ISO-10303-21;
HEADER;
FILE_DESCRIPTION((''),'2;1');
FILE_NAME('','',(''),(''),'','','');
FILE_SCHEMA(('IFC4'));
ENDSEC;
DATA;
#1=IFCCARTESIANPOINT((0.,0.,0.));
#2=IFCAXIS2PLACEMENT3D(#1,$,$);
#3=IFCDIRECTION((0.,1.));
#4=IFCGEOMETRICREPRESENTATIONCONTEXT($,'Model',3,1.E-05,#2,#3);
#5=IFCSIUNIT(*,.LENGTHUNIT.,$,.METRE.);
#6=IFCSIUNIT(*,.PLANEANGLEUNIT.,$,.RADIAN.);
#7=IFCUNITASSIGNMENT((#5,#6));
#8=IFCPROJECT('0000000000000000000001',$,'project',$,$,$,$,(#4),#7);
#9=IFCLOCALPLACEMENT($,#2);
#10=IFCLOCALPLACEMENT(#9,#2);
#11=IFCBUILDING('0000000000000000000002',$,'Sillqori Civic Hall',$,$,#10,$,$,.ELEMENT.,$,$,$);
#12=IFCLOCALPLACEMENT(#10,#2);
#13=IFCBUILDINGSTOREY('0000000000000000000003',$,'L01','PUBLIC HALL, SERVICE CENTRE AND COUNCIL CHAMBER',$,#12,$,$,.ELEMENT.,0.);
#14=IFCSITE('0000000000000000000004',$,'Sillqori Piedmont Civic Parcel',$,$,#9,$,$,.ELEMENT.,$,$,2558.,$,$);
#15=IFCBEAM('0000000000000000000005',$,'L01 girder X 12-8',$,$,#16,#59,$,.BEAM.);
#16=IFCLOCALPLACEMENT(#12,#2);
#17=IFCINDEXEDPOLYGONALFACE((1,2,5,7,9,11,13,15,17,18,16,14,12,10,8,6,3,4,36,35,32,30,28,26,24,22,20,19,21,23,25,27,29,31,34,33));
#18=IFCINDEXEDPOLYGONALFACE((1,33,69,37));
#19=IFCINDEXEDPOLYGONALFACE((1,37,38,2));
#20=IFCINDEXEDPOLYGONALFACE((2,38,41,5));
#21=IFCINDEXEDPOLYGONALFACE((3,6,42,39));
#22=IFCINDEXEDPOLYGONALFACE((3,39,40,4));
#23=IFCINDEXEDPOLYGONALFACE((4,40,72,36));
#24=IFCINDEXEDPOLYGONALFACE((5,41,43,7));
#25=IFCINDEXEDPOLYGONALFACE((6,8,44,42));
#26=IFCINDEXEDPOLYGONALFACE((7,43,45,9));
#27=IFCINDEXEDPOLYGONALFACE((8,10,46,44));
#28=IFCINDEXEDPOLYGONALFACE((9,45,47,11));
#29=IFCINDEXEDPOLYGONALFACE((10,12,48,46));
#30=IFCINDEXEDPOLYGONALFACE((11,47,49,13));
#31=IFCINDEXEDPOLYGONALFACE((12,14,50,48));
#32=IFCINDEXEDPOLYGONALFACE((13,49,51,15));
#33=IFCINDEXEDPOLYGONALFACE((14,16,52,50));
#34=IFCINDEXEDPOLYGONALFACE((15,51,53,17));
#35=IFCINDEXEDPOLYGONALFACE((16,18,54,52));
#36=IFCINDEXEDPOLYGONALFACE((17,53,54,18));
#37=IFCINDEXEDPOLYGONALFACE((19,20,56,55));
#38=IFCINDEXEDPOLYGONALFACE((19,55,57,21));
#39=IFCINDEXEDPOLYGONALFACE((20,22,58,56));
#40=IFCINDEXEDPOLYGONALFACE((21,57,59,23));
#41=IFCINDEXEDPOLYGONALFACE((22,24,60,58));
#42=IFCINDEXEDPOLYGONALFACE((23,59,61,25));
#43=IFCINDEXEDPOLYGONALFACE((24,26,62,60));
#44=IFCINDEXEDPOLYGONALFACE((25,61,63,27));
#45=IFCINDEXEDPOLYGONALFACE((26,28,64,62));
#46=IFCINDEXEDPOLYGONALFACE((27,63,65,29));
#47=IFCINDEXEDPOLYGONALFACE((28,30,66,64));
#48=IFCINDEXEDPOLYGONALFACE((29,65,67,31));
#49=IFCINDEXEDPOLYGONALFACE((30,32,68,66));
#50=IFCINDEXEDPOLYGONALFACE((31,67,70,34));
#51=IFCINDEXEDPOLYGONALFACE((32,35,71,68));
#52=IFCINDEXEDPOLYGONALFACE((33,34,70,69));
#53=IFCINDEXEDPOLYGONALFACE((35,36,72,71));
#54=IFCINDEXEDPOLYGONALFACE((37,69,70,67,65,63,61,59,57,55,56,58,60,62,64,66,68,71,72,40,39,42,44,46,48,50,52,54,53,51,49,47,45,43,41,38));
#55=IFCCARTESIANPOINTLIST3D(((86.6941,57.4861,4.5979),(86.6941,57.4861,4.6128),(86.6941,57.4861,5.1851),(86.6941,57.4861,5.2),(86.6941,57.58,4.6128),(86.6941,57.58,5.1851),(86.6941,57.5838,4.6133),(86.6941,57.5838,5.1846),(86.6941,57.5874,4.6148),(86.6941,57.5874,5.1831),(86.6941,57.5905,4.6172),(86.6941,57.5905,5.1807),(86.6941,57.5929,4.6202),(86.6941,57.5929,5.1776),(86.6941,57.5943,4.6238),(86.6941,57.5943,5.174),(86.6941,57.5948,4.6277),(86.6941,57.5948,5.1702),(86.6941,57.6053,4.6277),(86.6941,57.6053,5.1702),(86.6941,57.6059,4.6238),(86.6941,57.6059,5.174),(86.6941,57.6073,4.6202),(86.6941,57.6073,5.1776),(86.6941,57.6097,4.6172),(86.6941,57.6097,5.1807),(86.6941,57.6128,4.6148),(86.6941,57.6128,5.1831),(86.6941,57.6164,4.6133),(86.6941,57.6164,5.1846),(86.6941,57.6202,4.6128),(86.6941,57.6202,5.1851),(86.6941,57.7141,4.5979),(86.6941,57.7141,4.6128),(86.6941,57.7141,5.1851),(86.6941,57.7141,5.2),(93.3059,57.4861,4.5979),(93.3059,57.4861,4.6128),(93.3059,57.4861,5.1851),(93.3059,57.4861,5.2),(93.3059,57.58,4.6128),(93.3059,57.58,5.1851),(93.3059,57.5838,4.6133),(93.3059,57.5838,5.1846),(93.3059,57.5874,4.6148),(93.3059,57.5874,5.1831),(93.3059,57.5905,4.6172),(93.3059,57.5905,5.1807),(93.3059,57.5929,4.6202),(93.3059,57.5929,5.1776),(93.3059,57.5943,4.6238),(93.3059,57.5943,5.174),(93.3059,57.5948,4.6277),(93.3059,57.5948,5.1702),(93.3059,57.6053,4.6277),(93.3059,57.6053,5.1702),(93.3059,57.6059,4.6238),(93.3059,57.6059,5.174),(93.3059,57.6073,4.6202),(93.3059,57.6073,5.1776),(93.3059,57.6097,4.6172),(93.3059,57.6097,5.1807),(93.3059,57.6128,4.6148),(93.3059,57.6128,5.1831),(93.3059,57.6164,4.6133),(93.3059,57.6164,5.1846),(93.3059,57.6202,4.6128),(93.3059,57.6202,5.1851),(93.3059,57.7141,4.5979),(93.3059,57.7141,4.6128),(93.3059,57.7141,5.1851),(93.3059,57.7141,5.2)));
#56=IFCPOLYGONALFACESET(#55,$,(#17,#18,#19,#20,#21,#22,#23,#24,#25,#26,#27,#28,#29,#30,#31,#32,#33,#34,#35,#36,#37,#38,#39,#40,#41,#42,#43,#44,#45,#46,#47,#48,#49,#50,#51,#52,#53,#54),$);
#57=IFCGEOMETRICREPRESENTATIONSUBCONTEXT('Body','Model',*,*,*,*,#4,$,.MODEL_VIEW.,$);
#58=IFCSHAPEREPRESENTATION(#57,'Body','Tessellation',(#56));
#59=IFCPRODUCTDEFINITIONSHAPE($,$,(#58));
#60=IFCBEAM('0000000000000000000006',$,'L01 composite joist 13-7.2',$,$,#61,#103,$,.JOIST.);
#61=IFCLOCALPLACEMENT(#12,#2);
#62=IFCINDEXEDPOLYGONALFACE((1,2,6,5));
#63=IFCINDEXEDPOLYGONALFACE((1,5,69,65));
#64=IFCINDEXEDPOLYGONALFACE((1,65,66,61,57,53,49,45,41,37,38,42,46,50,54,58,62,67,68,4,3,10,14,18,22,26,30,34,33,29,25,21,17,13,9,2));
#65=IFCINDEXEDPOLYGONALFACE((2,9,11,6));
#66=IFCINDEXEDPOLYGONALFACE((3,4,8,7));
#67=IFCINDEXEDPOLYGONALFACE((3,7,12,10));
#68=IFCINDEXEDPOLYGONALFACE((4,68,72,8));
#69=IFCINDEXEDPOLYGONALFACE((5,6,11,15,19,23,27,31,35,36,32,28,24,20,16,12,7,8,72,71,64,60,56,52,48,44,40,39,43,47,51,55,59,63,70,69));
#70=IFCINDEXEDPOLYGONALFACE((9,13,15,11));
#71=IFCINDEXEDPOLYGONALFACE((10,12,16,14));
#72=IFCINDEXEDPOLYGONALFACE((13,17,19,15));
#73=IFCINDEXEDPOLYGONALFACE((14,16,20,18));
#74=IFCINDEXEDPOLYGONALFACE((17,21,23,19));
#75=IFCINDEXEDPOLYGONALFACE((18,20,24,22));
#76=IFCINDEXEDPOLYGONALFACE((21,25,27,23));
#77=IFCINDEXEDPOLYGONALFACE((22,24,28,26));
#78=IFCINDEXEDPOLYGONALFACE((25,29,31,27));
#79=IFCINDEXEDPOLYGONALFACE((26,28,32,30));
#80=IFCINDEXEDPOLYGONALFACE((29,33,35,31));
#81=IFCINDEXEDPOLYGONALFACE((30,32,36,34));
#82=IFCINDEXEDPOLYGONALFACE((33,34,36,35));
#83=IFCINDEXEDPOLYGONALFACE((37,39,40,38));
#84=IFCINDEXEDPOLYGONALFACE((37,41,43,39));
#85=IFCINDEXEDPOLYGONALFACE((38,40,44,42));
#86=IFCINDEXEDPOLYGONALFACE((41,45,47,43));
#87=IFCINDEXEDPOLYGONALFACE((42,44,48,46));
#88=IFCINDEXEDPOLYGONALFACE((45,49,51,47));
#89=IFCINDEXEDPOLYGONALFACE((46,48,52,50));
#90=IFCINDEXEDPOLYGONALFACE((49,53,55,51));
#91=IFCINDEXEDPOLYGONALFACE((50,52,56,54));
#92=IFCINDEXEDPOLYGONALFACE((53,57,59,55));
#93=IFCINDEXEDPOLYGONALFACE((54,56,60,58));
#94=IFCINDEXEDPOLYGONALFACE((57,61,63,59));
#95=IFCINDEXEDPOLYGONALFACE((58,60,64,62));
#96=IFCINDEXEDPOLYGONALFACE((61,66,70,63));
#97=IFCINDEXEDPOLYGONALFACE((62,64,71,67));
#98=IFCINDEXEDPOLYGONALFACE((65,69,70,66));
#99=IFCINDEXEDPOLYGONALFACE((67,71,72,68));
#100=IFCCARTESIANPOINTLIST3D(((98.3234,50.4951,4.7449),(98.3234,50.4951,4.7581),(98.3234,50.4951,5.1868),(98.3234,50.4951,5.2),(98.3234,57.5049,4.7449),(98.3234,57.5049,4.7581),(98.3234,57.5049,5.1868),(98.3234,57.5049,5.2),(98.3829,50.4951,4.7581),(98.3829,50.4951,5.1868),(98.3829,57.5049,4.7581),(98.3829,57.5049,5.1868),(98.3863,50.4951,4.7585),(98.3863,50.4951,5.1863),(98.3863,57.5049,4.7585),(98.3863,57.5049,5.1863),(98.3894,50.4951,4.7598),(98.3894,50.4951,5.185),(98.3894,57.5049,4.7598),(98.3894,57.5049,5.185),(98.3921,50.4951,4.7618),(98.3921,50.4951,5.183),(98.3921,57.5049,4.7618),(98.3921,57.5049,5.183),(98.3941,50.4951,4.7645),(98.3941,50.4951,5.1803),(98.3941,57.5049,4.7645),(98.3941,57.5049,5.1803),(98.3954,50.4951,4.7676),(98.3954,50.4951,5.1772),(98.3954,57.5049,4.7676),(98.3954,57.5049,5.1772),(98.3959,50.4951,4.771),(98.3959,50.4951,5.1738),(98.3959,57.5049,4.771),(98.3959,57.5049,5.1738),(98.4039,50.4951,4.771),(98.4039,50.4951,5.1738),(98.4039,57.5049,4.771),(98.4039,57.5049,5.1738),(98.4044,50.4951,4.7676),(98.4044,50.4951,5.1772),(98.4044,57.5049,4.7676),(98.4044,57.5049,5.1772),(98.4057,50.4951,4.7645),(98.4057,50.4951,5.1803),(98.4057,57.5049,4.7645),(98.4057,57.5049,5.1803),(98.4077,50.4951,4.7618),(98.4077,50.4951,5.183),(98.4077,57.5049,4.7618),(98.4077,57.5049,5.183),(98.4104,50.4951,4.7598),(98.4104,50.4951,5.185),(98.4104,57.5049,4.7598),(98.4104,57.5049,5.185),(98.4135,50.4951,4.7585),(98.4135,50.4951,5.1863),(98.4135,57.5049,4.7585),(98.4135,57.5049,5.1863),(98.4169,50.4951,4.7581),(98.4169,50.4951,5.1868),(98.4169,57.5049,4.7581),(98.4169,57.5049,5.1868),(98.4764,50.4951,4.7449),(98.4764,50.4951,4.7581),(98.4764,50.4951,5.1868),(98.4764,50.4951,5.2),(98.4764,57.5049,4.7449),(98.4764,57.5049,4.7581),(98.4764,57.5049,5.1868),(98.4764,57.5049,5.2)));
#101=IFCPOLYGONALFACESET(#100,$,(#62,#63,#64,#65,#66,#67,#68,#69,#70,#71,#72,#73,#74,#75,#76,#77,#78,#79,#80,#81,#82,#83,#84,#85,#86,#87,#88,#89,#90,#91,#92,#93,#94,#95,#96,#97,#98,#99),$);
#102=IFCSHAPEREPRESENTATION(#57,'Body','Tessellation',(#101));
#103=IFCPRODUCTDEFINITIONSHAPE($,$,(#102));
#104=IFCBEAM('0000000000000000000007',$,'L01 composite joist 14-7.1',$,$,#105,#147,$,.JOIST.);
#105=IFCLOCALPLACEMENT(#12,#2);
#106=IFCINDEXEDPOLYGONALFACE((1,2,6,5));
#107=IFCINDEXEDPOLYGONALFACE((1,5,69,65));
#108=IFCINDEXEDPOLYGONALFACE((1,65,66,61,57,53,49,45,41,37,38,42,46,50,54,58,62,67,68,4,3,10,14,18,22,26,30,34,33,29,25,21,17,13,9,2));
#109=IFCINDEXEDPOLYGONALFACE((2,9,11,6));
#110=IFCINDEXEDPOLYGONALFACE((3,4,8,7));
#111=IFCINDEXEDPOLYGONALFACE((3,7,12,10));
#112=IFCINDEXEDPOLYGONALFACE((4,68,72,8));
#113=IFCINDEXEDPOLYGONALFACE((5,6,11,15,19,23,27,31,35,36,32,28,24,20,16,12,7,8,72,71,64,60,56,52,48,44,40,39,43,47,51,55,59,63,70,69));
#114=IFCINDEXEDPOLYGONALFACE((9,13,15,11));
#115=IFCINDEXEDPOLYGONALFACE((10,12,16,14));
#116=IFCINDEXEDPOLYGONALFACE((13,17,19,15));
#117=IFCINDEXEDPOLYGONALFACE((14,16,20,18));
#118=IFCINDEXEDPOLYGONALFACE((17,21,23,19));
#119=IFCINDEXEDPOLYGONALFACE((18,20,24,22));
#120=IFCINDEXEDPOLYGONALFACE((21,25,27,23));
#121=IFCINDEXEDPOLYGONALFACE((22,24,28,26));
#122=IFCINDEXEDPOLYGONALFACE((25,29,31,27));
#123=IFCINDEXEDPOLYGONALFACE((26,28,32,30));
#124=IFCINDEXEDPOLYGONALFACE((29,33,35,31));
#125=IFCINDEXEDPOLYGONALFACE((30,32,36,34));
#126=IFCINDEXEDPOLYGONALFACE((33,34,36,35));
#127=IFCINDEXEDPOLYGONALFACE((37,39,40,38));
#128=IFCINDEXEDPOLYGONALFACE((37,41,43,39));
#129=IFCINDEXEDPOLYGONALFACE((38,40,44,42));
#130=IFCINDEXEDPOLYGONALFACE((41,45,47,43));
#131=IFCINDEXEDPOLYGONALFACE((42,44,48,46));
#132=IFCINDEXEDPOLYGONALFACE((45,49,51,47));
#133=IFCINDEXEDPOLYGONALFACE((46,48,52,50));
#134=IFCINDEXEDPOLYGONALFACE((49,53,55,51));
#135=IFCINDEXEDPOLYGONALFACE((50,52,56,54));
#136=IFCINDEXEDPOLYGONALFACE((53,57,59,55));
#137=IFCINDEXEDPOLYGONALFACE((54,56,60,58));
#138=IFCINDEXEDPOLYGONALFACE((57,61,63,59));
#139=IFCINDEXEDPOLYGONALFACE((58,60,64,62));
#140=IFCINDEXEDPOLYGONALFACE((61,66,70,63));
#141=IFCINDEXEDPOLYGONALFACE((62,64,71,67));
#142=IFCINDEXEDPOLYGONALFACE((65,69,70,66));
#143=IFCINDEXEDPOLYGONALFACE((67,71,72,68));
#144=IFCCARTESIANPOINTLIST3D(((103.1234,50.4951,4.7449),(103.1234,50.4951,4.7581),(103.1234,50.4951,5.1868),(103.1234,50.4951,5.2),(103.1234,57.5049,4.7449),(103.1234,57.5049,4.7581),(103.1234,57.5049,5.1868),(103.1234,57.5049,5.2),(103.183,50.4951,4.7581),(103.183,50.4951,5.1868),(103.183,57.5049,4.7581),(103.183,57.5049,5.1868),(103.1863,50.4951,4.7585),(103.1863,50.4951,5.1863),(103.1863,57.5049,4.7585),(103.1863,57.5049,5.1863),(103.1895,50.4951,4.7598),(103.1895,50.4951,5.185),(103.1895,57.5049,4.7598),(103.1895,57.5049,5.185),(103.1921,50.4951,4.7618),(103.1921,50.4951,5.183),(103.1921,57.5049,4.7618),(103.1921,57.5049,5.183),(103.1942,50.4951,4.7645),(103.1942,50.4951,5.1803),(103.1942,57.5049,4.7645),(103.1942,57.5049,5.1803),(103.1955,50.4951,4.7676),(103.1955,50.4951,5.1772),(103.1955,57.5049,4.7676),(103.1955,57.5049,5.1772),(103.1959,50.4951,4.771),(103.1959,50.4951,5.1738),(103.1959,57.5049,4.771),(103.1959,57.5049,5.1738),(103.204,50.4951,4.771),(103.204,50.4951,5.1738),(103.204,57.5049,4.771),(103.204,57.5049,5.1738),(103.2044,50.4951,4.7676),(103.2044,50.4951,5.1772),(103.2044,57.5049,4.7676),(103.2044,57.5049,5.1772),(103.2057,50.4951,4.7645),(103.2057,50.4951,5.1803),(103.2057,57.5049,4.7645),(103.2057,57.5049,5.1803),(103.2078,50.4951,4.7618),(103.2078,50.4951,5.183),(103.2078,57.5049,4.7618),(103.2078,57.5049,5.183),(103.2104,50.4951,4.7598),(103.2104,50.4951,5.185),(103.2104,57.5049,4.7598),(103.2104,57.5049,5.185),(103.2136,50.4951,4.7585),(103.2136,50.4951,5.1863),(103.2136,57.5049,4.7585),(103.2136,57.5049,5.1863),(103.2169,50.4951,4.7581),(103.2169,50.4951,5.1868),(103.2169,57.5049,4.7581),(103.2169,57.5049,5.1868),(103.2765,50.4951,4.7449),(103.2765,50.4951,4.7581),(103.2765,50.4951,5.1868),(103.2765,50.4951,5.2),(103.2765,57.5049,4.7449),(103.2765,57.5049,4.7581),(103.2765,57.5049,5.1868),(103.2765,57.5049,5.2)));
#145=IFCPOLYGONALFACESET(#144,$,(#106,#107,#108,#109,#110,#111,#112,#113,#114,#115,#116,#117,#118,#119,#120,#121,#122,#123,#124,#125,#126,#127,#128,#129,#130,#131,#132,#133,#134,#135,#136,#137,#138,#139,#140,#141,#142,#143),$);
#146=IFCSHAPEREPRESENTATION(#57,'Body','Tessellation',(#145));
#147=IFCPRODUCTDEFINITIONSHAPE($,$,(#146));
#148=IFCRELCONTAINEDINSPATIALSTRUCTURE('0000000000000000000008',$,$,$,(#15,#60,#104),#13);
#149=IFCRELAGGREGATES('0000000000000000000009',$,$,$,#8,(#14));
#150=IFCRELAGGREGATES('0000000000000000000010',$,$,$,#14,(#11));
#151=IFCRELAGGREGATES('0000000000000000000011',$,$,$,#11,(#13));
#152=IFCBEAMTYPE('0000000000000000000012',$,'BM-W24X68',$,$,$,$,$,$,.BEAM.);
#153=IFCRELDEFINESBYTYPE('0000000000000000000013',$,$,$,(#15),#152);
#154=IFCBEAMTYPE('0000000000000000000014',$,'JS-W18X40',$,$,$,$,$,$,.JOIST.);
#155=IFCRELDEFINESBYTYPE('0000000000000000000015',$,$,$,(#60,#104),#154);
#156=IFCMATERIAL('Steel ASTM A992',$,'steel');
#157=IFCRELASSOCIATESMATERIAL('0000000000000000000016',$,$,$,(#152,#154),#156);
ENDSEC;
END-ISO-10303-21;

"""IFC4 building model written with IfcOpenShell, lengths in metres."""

from ifc_helpers import new_model, si_unit, direction, frame, origin, origin_2d, place, context, subcontext, project, spatial, i_section, extrude, material, material_profile, profile_set, type_object, element, save


model = new_model("IFC4")

# Units and contexts
model_context = context("Model", 3, precision=1e-05, world=origin(), true_north=direction((0.0, 1.0)))
body_context = subcontext(model_context, "Body", "Model", "MODEL_VIEW")
ifc_project = project(units=[si_unit("LENGTHUNIT", "METRE"), si_unit("PLANEANGLEUNIT", "RADIAN")], contexts=[model_context])

# Site, building, storey
site_placement = place(None, origin())
site = spatial("IfcSite", under=ifc_project, at=site_placement, Name="Sillqori Piedmont Civic Parcel", CompositionType="ELEMENT", RefElevation=2558.0)
building_placement = place(site_placement, origin())
building = spatial("IfcBuilding", under=site, at=building_placement, Name="Sillqori Civic Hall", CompositionType="ELEMENT")
storey_placement = place(building_placement, origin())
storey = spatial("IfcBuildingStorey", under=building, at=storey_placement, Name="L01", Description="PUBLIC HALL, SERVICE CENTRE AND COUNCIL CHAMBER", CompositionType="ELEMENT", Elevation=0.0)

# Beams
ifc_material_1 = material(Name="Steel ASTM A992", Category="steel")
ifc_material_profile_1 = material_profile(ifc_material_1, i_section(OverallWidth=0.228, OverallDepth=0.6021, WebThickness=0.0105, FlangeThickness=0.0149, FilletRadius=0.0149, at=origin_2d()), Name="W24X68")
ifc_profile_set_1 = profile_set([ifc_material_profile_1], Name="Steel ASTM A992")
beam_type_1 = type_object("IfcBeamType", Name="BM-W24X68", PredefinedType="BEAM", material=ifc_profile_set_1)
beam_placement = place(storey_placement, frame((86.6941, 57.6001, 4.8989), z_axis=(1.0, 0.0, 0.0), x_axis=(0.0, 1.0, 0.0)))
element("IfcBeam", 1, at=beam_placement, inside=storey, type_object=beam_type_1, Name="L01 girder X 12-8", PredefinedType="BEAM", context=body_context, shape_type="SweptSolid", body=[
    extrude(i_section(OverallWidth=0.228, OverallDepth=0.6021, WebThickness=0.0105, FlangeThickness=0.0149, FilletRadius=0.0149, at=origin_2d()), origin(), (0.0, 0.0, 1.0), 6.6118),
])
ifc_material_profile_2 = material_profile(ifc_material_1, i_section(OverallWidth=0.1531, OverallDepth=0.4551, WebThickness=0.0081, FlangeThickness=0.0132, FilletRadius=0.0129, at=origin_2d()), Name="W18X40")
ifc_profile_set_2 = profile_set([ifc_material_profile_2], Name="Steel ASTM A992")
beam_type_2 = type_object("IfcBeamType", Name="JS-W18X40", PredefinedType="JOIST", material=ifc_profile_set_2)
for number, where, z_axis, x_axis, name in (
    (2, (98.3999, 50.4951, 4.9724), (0.0, 1.0, 0.0), (-1.0, 0.0, 0.0), "L01 composite joist 13-7.2"),
    (3, (103.2, 50.4951, 4.9724), (0.0, 1.0, 0.0), (-1.0, 0.0, 0.0), "L01 composite joist 14-7.1"),
):
    element("IfcBeam", number, at=place(storey_placement, frame(where, z_axis=z_axis, x_axis=x_axis)), inside=storey, type_object=beam_type_2, Name=name, PredefinedType="JOIST", context=body_context, shape_type="SweptSolid", body=[
        extrude(i_section(OverallWidth=0.1531, OverallDepth=0.4551, WebThickness=0.0081, FlangeThickness=0.0132, FilletRadius=0.0129, at=origin_2d()), origin(), (0.0, 0.0, 1.0), 7.0098),
    ])

save(model, "model.ifc")
